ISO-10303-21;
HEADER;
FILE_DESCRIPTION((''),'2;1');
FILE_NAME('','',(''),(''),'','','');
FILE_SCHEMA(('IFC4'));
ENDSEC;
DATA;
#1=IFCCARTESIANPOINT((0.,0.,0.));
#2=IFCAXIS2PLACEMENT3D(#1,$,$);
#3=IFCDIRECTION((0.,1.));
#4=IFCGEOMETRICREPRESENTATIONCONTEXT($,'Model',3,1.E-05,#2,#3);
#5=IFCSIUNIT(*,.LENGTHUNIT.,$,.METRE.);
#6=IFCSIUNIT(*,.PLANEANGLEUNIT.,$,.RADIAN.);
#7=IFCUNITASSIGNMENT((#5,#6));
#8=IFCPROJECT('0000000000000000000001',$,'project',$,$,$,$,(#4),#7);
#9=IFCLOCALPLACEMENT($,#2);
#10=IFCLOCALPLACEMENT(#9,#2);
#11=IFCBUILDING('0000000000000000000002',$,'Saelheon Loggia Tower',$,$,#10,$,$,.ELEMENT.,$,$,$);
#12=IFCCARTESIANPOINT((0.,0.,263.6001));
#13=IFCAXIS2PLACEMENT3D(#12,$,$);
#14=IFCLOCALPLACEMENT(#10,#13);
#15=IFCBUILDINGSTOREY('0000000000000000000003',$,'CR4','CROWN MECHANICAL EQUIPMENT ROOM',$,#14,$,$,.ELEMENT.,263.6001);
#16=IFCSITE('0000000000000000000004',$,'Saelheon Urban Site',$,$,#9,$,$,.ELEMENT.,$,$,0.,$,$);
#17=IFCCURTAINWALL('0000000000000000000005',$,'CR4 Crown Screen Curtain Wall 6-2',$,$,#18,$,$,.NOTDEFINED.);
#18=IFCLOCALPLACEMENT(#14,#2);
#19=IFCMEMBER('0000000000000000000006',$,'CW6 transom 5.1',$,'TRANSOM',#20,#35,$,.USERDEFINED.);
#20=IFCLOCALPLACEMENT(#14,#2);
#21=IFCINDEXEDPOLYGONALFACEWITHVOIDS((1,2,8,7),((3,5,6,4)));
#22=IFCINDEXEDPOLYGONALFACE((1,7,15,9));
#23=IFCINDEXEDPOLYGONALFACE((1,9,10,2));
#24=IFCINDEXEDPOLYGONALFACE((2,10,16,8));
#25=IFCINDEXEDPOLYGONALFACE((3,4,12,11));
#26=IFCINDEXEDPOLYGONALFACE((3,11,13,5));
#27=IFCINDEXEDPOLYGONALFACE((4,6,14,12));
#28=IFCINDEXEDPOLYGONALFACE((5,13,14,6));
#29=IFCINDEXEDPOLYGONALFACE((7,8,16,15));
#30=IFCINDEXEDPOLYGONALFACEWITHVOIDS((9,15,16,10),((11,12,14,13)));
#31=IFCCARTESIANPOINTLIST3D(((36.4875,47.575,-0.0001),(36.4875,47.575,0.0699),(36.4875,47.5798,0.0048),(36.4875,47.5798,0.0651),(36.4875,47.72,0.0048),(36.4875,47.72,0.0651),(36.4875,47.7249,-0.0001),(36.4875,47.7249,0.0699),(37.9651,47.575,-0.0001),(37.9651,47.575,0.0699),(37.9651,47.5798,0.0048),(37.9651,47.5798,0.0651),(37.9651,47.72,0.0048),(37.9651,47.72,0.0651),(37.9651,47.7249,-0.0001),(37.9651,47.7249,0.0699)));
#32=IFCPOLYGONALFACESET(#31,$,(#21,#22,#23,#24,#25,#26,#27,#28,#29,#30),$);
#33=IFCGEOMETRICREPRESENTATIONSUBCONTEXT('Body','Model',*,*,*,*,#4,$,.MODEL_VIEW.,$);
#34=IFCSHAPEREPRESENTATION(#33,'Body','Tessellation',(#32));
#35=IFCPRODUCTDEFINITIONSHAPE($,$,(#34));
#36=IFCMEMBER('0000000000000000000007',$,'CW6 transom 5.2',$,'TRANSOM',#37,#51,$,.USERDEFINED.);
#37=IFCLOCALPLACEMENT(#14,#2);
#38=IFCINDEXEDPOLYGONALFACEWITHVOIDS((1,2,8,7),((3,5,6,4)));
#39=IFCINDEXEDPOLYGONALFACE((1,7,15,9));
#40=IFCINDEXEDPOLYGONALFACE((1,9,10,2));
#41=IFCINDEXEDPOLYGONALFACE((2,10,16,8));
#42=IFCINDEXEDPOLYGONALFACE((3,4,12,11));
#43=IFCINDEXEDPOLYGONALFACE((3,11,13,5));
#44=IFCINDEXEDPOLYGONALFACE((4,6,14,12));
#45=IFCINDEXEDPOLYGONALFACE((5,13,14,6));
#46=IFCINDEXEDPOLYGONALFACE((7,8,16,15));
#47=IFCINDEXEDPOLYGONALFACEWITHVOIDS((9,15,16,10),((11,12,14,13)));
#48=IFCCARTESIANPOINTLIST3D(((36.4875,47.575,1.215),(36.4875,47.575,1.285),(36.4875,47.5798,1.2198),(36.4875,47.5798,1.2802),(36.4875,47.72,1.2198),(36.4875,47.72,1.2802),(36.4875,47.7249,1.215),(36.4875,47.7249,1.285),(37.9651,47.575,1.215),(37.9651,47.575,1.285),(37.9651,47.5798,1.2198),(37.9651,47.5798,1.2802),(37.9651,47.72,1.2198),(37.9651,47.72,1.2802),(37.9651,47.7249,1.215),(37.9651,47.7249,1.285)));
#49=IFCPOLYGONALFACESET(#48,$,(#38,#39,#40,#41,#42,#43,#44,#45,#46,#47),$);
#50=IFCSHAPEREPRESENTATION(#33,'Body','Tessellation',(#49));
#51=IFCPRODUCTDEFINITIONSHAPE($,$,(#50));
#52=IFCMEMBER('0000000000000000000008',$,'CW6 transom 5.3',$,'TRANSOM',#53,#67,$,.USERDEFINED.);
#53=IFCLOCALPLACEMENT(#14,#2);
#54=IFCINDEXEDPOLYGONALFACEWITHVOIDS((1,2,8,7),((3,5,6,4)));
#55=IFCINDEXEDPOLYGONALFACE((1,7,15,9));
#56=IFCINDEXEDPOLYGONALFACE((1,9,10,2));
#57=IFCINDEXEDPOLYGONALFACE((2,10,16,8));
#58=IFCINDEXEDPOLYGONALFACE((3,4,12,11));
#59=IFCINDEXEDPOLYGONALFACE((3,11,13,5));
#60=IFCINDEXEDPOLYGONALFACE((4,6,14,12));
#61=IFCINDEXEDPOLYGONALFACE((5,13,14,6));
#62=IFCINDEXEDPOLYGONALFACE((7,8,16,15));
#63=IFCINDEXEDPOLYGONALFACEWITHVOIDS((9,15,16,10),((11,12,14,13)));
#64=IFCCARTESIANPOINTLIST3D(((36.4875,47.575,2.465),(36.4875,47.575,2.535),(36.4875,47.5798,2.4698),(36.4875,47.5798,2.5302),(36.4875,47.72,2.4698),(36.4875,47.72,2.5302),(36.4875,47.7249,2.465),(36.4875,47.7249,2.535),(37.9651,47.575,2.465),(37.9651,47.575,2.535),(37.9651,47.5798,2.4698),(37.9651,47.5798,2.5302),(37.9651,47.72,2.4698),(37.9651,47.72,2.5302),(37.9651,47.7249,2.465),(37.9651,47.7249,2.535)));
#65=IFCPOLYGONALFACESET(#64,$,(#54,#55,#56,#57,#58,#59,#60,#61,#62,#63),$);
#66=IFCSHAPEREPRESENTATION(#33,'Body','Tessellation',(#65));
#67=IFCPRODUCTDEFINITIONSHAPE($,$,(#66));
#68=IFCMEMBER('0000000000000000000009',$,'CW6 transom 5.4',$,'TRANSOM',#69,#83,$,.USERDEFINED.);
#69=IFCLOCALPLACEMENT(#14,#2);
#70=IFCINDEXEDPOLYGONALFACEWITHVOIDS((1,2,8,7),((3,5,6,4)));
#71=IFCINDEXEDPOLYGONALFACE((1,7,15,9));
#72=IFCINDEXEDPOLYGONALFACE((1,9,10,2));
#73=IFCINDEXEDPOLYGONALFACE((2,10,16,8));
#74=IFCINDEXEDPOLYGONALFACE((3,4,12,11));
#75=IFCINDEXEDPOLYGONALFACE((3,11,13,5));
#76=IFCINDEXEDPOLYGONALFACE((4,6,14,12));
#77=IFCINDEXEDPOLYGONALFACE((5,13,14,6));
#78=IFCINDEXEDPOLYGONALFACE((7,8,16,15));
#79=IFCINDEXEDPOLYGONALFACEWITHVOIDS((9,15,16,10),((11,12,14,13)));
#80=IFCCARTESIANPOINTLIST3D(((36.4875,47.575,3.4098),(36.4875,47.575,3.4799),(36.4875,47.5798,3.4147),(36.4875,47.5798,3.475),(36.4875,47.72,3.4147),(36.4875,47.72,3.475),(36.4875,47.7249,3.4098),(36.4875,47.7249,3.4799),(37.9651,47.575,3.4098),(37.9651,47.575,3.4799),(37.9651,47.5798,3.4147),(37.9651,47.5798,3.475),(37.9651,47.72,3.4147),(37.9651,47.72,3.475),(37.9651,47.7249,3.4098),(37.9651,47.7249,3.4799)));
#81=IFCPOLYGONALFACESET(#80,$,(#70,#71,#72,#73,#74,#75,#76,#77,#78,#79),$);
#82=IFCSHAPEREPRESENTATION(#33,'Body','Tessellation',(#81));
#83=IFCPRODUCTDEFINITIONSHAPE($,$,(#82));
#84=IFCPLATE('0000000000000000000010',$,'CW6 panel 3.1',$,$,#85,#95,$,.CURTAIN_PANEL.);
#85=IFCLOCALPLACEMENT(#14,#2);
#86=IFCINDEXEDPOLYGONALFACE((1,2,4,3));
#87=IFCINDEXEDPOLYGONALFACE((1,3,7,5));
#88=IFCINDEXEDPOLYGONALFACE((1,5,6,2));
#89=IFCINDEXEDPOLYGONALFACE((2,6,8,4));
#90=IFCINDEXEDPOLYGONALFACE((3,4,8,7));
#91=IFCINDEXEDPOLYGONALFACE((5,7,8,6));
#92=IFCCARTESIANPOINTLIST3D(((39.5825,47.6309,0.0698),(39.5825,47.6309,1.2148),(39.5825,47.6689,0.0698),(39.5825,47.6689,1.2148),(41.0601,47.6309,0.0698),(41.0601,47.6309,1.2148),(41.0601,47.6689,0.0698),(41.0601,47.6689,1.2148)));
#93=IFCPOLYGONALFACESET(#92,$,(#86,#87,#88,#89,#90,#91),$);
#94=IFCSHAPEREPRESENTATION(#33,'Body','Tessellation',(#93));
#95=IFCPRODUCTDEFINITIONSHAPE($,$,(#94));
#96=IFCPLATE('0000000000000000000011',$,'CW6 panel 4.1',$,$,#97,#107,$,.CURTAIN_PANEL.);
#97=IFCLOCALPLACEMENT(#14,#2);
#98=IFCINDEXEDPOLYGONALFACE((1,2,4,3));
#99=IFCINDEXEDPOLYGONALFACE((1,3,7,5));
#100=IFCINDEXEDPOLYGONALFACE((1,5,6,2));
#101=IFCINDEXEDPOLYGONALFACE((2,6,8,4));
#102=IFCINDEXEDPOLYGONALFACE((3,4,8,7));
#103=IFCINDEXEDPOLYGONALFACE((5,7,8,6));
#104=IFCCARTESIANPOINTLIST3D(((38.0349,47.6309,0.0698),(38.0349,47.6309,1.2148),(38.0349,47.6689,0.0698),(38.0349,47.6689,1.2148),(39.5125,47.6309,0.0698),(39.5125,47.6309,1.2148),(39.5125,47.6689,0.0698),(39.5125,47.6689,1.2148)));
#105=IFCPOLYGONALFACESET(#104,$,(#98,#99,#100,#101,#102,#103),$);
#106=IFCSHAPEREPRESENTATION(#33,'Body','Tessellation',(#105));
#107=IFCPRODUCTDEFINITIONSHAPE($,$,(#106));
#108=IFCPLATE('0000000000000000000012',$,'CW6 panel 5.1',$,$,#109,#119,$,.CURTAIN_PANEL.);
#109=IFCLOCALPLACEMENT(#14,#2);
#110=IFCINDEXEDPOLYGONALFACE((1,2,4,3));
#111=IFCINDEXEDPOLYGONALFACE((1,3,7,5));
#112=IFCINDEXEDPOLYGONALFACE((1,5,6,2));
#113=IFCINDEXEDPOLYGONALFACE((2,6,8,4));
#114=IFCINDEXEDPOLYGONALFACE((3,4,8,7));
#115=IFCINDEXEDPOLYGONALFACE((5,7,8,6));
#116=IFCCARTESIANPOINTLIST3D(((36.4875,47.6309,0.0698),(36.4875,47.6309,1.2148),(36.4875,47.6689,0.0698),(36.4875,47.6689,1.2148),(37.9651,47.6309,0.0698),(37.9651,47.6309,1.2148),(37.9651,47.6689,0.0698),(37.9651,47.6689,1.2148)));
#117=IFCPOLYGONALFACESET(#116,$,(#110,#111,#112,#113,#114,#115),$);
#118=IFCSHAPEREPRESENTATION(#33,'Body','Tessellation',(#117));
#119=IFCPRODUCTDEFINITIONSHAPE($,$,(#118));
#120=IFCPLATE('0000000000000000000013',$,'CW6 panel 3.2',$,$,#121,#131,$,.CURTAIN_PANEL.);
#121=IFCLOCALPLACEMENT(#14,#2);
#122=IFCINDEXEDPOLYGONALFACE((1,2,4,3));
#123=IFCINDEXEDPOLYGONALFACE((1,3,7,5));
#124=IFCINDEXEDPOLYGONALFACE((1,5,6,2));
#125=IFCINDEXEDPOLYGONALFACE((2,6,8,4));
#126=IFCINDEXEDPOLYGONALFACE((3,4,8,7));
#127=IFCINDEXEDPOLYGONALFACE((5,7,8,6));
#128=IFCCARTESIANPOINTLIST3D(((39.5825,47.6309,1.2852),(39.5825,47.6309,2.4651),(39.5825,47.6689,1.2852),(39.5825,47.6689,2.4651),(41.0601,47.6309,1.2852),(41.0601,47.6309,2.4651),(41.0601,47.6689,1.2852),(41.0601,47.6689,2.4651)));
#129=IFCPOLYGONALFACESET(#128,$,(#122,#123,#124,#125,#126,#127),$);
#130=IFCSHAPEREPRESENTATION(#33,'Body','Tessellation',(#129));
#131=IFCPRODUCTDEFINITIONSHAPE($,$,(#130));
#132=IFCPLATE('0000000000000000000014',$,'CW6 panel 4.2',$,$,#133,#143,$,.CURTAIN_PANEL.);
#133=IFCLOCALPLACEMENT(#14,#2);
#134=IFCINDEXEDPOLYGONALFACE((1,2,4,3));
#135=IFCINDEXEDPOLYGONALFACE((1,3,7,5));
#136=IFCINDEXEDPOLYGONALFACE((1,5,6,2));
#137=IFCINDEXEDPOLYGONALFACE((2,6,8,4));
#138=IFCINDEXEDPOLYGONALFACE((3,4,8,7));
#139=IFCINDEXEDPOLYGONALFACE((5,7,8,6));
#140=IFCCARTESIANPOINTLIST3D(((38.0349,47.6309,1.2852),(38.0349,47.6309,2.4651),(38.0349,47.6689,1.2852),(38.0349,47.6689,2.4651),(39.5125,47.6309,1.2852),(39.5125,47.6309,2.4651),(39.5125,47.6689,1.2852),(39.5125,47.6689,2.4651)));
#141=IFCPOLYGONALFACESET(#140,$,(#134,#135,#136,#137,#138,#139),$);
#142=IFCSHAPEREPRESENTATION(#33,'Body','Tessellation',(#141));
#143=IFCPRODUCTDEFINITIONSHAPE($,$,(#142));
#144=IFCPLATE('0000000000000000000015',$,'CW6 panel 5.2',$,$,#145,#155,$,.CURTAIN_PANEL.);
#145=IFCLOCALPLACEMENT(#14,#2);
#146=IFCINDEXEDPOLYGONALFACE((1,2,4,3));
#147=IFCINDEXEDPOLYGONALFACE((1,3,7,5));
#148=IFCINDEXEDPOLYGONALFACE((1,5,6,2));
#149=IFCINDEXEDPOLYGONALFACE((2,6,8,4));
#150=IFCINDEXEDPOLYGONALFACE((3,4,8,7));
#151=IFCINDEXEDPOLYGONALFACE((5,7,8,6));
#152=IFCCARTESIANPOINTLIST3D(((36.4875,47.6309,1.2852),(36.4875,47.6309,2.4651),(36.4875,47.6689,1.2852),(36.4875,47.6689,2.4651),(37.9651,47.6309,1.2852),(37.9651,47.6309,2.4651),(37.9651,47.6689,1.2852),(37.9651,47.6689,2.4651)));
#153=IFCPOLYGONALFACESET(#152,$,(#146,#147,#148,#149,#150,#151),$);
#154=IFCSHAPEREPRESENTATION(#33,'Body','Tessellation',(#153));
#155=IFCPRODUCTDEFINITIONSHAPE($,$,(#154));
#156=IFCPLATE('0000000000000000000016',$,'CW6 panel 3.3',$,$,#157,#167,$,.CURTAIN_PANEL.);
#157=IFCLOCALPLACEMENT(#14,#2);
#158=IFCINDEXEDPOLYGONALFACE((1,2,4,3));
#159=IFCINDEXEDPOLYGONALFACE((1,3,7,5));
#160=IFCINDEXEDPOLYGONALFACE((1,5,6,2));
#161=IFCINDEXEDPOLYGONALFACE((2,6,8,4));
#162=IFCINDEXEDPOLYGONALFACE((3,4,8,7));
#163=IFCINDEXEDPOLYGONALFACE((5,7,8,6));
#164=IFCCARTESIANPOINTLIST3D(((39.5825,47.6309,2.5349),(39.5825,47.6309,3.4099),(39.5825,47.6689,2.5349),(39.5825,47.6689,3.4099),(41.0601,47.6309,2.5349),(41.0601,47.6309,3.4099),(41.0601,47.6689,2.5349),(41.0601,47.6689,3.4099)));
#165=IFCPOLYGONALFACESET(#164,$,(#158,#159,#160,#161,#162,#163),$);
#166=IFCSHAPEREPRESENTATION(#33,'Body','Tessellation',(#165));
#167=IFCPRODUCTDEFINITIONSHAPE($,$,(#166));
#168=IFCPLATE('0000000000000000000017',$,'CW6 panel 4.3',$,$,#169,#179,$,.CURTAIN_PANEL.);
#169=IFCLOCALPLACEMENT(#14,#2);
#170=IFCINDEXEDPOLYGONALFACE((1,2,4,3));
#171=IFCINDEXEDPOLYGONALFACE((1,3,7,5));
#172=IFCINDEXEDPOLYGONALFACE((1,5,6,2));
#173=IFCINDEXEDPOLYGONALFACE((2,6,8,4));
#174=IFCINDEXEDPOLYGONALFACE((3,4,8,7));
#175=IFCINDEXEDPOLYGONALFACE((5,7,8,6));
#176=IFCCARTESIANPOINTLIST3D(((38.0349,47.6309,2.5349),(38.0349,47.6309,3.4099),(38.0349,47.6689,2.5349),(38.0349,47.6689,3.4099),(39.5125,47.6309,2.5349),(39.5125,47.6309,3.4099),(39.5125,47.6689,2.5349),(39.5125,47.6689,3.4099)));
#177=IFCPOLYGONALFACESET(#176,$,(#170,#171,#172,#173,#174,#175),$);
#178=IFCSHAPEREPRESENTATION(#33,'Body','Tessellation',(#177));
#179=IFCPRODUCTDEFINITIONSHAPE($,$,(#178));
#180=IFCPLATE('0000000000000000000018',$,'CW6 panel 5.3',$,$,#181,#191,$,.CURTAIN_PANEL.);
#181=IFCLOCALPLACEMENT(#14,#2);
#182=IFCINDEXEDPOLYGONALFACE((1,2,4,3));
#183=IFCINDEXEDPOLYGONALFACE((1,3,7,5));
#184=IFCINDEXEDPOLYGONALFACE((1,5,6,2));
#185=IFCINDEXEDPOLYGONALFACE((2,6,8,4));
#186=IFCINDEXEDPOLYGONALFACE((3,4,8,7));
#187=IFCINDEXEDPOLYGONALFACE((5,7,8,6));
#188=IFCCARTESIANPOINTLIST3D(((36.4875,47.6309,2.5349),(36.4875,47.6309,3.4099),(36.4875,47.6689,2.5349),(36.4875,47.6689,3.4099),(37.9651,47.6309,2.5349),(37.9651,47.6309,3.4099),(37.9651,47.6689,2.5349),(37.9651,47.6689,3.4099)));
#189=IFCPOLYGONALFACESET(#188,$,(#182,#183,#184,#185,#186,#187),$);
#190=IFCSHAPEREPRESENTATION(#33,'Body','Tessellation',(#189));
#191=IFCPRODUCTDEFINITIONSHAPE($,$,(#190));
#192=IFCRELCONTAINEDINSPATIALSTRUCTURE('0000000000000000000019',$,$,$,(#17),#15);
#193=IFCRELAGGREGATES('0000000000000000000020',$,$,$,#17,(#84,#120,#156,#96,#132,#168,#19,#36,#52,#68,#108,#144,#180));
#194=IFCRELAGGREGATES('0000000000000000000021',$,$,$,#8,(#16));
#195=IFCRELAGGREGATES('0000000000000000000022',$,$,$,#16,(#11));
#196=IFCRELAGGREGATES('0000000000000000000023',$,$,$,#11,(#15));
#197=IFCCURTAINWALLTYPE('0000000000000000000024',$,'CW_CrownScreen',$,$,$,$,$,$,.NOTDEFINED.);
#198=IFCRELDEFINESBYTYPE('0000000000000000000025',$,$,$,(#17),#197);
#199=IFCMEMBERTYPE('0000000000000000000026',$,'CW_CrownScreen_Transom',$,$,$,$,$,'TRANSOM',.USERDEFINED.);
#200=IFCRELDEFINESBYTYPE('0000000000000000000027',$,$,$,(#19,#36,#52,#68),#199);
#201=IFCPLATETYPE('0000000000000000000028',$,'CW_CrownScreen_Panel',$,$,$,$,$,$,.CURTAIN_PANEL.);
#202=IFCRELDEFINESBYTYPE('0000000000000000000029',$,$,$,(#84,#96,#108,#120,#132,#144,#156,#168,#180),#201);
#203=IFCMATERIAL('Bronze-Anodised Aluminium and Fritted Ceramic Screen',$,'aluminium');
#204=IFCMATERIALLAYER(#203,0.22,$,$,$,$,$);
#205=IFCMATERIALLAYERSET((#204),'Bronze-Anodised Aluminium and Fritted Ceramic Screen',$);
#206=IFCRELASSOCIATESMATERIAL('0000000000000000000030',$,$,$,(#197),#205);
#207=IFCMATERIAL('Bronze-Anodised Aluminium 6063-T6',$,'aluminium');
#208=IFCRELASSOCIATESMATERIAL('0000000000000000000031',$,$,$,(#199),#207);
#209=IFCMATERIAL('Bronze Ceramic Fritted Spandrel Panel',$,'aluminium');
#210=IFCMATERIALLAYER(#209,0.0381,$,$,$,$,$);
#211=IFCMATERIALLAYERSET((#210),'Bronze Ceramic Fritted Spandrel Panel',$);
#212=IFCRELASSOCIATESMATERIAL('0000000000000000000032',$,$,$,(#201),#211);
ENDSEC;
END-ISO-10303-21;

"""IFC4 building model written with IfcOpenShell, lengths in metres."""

from ifc_helpers import new_model, si_unit, direction, frame, origin, origin_2d, place, context, subcontext, project, spatial, rectangle, hollow_rectangle, extrude, source, transform, mapped, material, layer, layer_set, material_profile, profile_set, type_object, element, aggregate, save


model = new_model("IFC4")

# Units and contexts
model_context = context("Model", 3, precision=1e-05, world=origin(), true_north=direction((0.0, 1.0)))
body_context = subcontext(model_context, "Body", "Model", "MODEL_VIEW")
ifc_project = project(units=[si_unit("LENGTHUNIT", "METRE"), si_unit("PLANEANGLEUNIT", "RADIAN")], contexts=[model_context])

# Site, building, storey
site_placement = place(None, origin())
site = spatial("IfcSite", under=ifc_project, at=site_placement, Name="Saelheon Urban Site", CompositionType="ELEMENT", RefElevation=0.0)
building_placement = place(site_placement, origin())
building = spatial("IfcBuilding", under=site, at=building_placement, Name="Saelheon Loggia Tower", CompositionType="ELEMENT")
storey_placement = place(building_placement, frame((0.0, 0.0, 263.6001)))
storey = spatial("IfcBuildingStorey", under=building, at=storey_placement, Name="CR4", Description="CROWN MECHANICAL EQUIPMENT ROOM", CompositionType="ELEMENT", Elevation=263.6001)

# Curtain wall, members, plates
ifc_material_1 = material(Name="Bronze-Anodised Aluminium and Fritted Ceramic Screen", Category="aluminium")
ifc_layer_1 = layer(ifc_material_1, 0.22)
ifc_layer_set_1 = layer_set([ifc_layer_1], Name="Bronze-Anodised Aluminium and Fritted Ceramic Screen")
curtain_wall_type = type_object("IfcCurtainWallType", Name="CW_CrownScreen", PredefinedType="NOTDEFINED", material=ifc_layer_set_1)
curtain_wall_placement = place(storey_placement, origin())
curtain_wall = element("IfcCurtainWall", 1, at=curtain_wall_placement, inside=storey, type_object=curtain_wall_type, Name="CR4 Crown Screen Curtain Wall 6-2", PredefinedType="NOTDEFINED")
ifc_material_2 = material(Name="Bronze-Anodised Aluminium 6063-T6", Category="aluminium")
ifc_material_profile_1 = material_profile(ifc_material_2, hollow_rectangle(XDim=0.0701, YDim=0.1499, WallThickness=0.0049, at=origin_2d()), Name="RHS-150x70x5")
ifc_profile_set_1 = profile_set([ifc_material_profile_1], Name="Bronze-Anodised Aluminium 6063-T6")
member_type_1 = type_object("IfcMemberType", Name="CW_CrownScreen_Transom", ElementType="TRANSOM", PredefinedType="USERDEFINED", material=ifc_profile_set_1)
shared_shape_1 = source(origin(), body_context, "Body", "SweptSolid", [
    extrude(hollow_rectangle(XDim=0.0701, YDim=0.1499, WallThickness=0.0049, at=origin_2d()), origin(), (0.0, 0.0, 1.0), 1.4775),
])
member_1_placement = place(storey_placement, frame((37.9651, 47.6499, 0.0349), z_axis=(-1.0, 0.0, 0.0), x_axis=(0.0, 0.0, 1.0)))
member_1 = element("IfcMember", 2, at=member_1_placement, type_object=member_type_1, Name="CW6 transom 5.1", ObjectType="TRANSOM", PredefinedType="USERDEFINED", context=body_context, shape_type="MappedRepresentation", body=[
    mapped(shared_shape_1, transform((0.0, 0.0, 0.0), scale=1.0)),
])
member_2_placement = place(storey_placement, frame((37.9651, 47.6499, 1.25), z_axis=(-1.0, 0.0, 0.0), x_axis=(0.0, 0.0, 1.0)))
member_2 = element("IfcMember", 3, at=member_2_placement, type_object=member_type_1, Name="CW6 transom 5.2", ObjectType="TRANSOM", PredefinedType="USERDEFINED", context=body_context, shape_type="MappedRepresentation", body=[
    mapped(shared_shape_1, transform((0.0, 0.0, 0.0), scale=1.0)),
])
member_3_placement = place(storey_placement, frame((37.9651, 47.6499, 2.5), z_axis=(-1.0, 0.0, 0.0), x_axis=(0.0, 0.0, 1.0)))
member_3 = element("IfcMember", 4, at=member_3_placement, type_object=member_type_1, Name="CW6 transom 5.3", ObjectType="TRANSOM", PredefinedType="USERDEFINED", context=body_context, shape_type="MappedRepresentation", body=[
    mapped(shared_shape_1, transform((0.0, 0.0, 0.0), scale=1.0)),
])
member_4_placement = place(storey_placement, frame((37.9651, 47.6499, 3.4448), z_axis=(-1.0, 0.0, 0.0), x_axis=(0.0, 0.0, 1.0)))
member_4 = element("IfcMember", 5, at=member_4_placement, type_object=member_type_1, Name="CW6 transom 5.4", ObjectType="TRANSOM", PredefinedType="USERDEFINED", context=body_context, shape_type="MappedRepresentation", body=[
    mapped(shared_shape_1, transform((0.0, 0.0, 0.0), scale=1.0)),
])
ifc_material_3 = material(Name="Bronze Ceramic Fritted Spandrel Panel", Category="aluminium")
ifc_layer_2 = layer(ifc_material_3, 0.0381)
ifc_layer_set_2 = layer_set([ifc_layer_2], Name="Bronze Ceramic Fritted Spandrel Panel")
plate_type = type_object("IfcPlateType", Name="CW_CrownScreen_Panel", PredefinedType="CURTAIN_PANEL", material=ifc_layer_set_2)
shared_shape_2 = source(origin(), body_context, "Body", "SweptSolid", [
    extrude(rectangle(XDim=1.4775, YDim=0.0381, at=origin_2d()), origin(), (0.0, 0.0, 1.0), 1.145),
])
plate_1_placement = place(storey_placement, frame((40.3213, 47.6499, 0.0698), z_axis=(0.0, 0.0, 1.0), x_axis=(-1.0, 0.0, 0.0)))
plate_1 = element("IfcPlate", 6, at=plate_1_placement, type_object=plate_type, Name="CW6 panel 3.1", PredefinedType="CURTAIN_PANEL", context=body_context, shape_type="MappedRepresentation", body=[
    mapped(shared_shape_2, transform((0.0, 0.0, 0.0), scale=1.0)),
])
plate_2_placement = place(storey_placement, frame((38.7737, 47.6499, 0.0698), z_axis=(0.0, 0.0, 1.0), x_axis=(-1.0, 0.0, 0.0)))
plate_2 = element("IfcPlate", 7, at=plate_2_placement, type_object=plate_type, Name="CW6 panel 4.1", PredefinedType="CURTAIN_PANEL", context=body_context, shape_type="MappedRepresentation", body=[
    mapped(shared_shape_2, transform((0.0, 0.0, 0.0), scale=1.0)),
])
plate_3_placement = place(storey_placement, frame((37.2263, 47.6499, 0.0698), z_axis=(0.0, 0.0, 1.0), x_axis=(-1.0, 0.0, 0.0)))
plate_3 = element("IfcPlate", 8, at=plate_3_placement, type_object=plate_type, Name="CW6 panel 5.1", PredefinedType="CURTAIN_PANEL", context=body_context, shape_type="MappedRepresentation", body=[
    mapped(shared_shape_2, transform((0.0, 0.0, 0.0), scale=1.0)),
])
shared_shape_3 = source(origin(), body_context, "Body", "SweptSolid", [
    extrude(rectangle(XDim=1.4775, YDim=0.0381, at=origin_2d()), origin(), (0.0, 0.0, 1.0), 1.1799),
])
plate_4_placement = place(storey_placement, frame((40.3213, 47.6499, 1.2852), z_axis=(0.0, 0.0, 1.0), x_axis=(-1.0, 0.0, 0.0)))
plate_4 = element("IfcPlate", 9, at=plate_4_placement, type_object=plate_type, Name="CW6 panel 3.2", PredefinedType="CURTAIN_PANEL", context=body_context, shape_type="MappedRepresentation", body=[
    mapped(shared_shape_3, transform((0.0, 0.0, 0.0), scale=1.0)),
])
plate_5_placement = place(storey_placement, frame((38.7737, 47.6499, 1.2852), z_axis=(0.0, 0.0, 1.0), x_axis=(-1.0, 0.0, 0.0)))
plate_5 = element("IfcPlate", 10, at=plate_5_placement, type_object=plate_type, Name="CW6 panel 4.2", PredefinedType="CURTAIN_PANEL", context=body_context, shape_type="MappedRepresentation", body=[
    mapped(shared_shape_3, transform((0.0, 0.0, 0.0), scale=1.0)),
])
plate_6_placement = place(storey_placement, frame((37.2263, 47.6499, 1.2852), z_axis=(0.0, 0.0, 1.0), x_axis=(-1.0, 0.0, 0.0)))
plate_6 = element("IfcPlate", 11, at=plate_6_placement, type_object=plate_type, Name="CW6 panel 5.2", PredefinedType="CURTAIN_PANEL", context=body_context, shape_type="MappedRepresentation", body=[
    mapped(shared_shape_3, transform((0.0, 0.0, 0.0), scale=1.0)),
])
shared_shape_4 = source(origin(), body_context, "Body", "SweptSolid", [
    extrude(rectangle(XDim=1.4775, YDim=0.0381, at=origin_2d()), origin(), (0.0, 0.0, 1.0), 0.875),
])
plate_7_placement = place(storey_placement, frame((40.3213, 47.6499, 2.5349), z_axis=(0.0, 0.0, 1.0), x_axis=(-1.0, 0.0, 0.0)))
plate_7 = element("IfcPlate", 12, at=plate_7_placement, type_object=plate_type, Name="CW6 panel 3.3", PredefinedType="CURTAIN_PANEL", context=body_context, shape_type="MappedRepresentation", body=[
    mapped(shared_shape_4, transform((0.0, 0.0, 0.0), scale=1.0)),
])
plate_8_placement = place(storey_placement, frame((38.7737, 47.6499, 2.5349), z_axis=(0.0, 0.0, 1.0), x_axis=(-1.0, 0.0, 0.0)))
plate_8 = element("IfcPlate", 13, at=plate_8_placement, type_object=plate_type, Name="CW6 panel 4.3", PredefinedType="CURTAIN_PANEL", context=body_context, shape_type="MappedRepresentation", body=[
    mapped(shared_shape_4, transform((0.0, 0.0, 0.0), scale=1.0)),
])
plate_9_placement = place(storey_placement, frame((37.2263, 47.6499, 2.5349), z_axis=(0.0, 0.0, 1.0), x_axis=(-1.0, 0.0, 0.0)))
plate_9 = element("IfcPlate", 14, at=plate_9_placement, type_object=plate_type, Name="CW6 panel 5.3", PredefinedType="CURTAIN_PANEL", context=body_context, shape_type="MappedRepresentation", body=[
    mapped(shared_shape_4, transform((0.0, 0.0, 0.0), scale=1.0)),
])
aggregate(curtain_wall, [plate_1, plate_4, plate_7, plate_2, plate_5, plate_8, member_1, member_2, member_3, member_4, plate_3, plate_6, plate_9])

save(model, "model.ifc")
